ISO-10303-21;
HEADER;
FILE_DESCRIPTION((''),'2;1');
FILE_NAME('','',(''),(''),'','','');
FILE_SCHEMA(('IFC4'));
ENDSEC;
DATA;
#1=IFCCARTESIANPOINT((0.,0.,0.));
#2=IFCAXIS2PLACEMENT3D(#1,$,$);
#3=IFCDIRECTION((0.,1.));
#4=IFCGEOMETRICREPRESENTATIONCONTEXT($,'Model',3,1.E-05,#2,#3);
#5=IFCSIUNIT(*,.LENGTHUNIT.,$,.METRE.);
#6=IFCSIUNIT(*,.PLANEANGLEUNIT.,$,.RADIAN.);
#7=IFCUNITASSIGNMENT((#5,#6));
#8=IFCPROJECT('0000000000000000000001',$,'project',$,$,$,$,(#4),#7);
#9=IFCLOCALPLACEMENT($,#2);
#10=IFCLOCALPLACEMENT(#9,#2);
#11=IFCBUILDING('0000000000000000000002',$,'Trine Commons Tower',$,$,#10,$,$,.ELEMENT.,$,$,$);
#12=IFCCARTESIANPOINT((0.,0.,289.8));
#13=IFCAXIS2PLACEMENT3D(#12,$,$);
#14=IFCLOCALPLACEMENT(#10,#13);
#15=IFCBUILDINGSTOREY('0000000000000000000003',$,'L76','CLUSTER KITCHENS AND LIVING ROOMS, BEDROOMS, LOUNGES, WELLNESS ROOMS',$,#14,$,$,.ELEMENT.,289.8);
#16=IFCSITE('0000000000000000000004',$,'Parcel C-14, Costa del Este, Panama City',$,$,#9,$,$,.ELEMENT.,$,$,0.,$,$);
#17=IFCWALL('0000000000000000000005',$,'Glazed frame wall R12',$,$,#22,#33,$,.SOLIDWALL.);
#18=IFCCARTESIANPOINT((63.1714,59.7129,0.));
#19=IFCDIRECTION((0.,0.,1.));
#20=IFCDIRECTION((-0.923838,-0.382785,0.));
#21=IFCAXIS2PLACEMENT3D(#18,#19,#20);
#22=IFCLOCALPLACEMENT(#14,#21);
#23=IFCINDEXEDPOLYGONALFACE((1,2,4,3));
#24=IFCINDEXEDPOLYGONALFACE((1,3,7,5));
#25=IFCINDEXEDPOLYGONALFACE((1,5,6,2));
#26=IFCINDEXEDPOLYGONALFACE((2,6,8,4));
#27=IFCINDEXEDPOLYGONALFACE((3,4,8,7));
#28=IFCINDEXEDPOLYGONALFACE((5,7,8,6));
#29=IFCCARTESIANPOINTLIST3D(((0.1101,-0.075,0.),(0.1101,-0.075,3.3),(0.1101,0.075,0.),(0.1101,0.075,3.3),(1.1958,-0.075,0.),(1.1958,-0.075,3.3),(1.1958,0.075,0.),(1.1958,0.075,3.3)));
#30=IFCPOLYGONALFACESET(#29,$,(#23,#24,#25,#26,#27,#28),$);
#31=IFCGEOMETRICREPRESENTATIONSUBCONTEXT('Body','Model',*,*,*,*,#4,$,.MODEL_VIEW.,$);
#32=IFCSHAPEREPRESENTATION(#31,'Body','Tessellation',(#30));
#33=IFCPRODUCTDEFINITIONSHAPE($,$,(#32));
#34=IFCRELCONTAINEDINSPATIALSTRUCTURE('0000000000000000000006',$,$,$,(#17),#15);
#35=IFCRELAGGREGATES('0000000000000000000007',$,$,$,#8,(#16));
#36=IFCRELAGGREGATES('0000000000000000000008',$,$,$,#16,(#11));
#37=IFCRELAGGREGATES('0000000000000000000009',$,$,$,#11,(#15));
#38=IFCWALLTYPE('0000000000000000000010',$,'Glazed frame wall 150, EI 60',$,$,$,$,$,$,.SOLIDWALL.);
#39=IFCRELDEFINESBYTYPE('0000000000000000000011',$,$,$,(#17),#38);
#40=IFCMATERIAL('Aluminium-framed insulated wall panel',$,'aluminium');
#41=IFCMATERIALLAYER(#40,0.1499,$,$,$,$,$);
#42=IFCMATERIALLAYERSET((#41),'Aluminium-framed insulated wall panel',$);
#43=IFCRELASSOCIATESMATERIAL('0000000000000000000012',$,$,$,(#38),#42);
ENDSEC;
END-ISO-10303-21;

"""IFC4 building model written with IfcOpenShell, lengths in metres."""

from ifc_helpers import new_model, si_unit, direction, frame, origin, place, context, subcontext, project, spatial, polyline, outline, extrude, material, layer, layer_set, type_object, element, save


model = new_model("IFC4")

# Units and contexts
model_context = context("Model", 3, precision=1e-05, world=origin(), true_north=direction((0.0, 1.0)))
body_context = subcontext(model_context, "Body", "Model", "MODEL_VIEW")
ifc_project = project(units=[si_unit("LENGTHUNIT", "METRE"), si_unit("PLANEANGLEUNIT", "RADIAN")], contexts=[model_context])

# Site, building, storey
site_placement = place(None, origin())
site = spatial("IfcSite", under=ifc_project, at=site_placement, Name="Parcel C-14, Costa del Este, Panama City", CompositionType="ELEMENT", RefElevation=0.0)
building_placement = place(site_placement, origin())
building = spatial("IfcBuilding", under=site, at=building_placement, Name="Trine Commons Tower", CompositionType="ELEMENT")
storey_placement = place(building_placement, frame((0.0, 0.0, 289.8)))
storey = spatial("IfcBuildingStorey", under=building, at=storey_placement, Name="L76", Description="CLUSTER KITCHENS AND LIVING ROOMS, BEDROOMS, LOUNGES, WELLNESS ROOMS", CompositionType="ELEMENT", Elevation=289.8)

# Shared definitions
ifc_material_1 = material(Name="Aluminium-framed insulated wall panel", Category="aluminium")
ifc_layer_1 = layer(ifc_material_1, 0.1499)
ifc_layer_set_1 = layer_set([ifc_layer_1], Name="Aluminium-framed insulated wall panel")
wall_type_1 = type_object("IfcWallType", Name="Glazed frame wall 150, EI 60", PredefinedType="SOLIDWALL", material=ifc_layer_set_1)

# Wall
wall_1_placement = place(storey_placement, frame((63.1714, 59.7129, 0.0), z_axis=(0.0, 0.0, 1.0), x_axis=(-0.923838, -0.382785, 0.0)))
element("IfcWall", 1, at=wall_1_placement, inside=storey, type_object=wall_type_1, Name="Glazed frame wall R12", PredefinedType="SOLIDWALL", context=body_context, shape_type="SweptSolid", body=[
    extrude(outline(polyline([(0.1101, 0.075), (0.1101, -0.075), (1.1958, -0.075), (1.1958, 0.075), (0.1101, 0.075)])), origin(), (0.0, 0.0, 1.0), 3.3),
])

save(model, "model.ifc")
